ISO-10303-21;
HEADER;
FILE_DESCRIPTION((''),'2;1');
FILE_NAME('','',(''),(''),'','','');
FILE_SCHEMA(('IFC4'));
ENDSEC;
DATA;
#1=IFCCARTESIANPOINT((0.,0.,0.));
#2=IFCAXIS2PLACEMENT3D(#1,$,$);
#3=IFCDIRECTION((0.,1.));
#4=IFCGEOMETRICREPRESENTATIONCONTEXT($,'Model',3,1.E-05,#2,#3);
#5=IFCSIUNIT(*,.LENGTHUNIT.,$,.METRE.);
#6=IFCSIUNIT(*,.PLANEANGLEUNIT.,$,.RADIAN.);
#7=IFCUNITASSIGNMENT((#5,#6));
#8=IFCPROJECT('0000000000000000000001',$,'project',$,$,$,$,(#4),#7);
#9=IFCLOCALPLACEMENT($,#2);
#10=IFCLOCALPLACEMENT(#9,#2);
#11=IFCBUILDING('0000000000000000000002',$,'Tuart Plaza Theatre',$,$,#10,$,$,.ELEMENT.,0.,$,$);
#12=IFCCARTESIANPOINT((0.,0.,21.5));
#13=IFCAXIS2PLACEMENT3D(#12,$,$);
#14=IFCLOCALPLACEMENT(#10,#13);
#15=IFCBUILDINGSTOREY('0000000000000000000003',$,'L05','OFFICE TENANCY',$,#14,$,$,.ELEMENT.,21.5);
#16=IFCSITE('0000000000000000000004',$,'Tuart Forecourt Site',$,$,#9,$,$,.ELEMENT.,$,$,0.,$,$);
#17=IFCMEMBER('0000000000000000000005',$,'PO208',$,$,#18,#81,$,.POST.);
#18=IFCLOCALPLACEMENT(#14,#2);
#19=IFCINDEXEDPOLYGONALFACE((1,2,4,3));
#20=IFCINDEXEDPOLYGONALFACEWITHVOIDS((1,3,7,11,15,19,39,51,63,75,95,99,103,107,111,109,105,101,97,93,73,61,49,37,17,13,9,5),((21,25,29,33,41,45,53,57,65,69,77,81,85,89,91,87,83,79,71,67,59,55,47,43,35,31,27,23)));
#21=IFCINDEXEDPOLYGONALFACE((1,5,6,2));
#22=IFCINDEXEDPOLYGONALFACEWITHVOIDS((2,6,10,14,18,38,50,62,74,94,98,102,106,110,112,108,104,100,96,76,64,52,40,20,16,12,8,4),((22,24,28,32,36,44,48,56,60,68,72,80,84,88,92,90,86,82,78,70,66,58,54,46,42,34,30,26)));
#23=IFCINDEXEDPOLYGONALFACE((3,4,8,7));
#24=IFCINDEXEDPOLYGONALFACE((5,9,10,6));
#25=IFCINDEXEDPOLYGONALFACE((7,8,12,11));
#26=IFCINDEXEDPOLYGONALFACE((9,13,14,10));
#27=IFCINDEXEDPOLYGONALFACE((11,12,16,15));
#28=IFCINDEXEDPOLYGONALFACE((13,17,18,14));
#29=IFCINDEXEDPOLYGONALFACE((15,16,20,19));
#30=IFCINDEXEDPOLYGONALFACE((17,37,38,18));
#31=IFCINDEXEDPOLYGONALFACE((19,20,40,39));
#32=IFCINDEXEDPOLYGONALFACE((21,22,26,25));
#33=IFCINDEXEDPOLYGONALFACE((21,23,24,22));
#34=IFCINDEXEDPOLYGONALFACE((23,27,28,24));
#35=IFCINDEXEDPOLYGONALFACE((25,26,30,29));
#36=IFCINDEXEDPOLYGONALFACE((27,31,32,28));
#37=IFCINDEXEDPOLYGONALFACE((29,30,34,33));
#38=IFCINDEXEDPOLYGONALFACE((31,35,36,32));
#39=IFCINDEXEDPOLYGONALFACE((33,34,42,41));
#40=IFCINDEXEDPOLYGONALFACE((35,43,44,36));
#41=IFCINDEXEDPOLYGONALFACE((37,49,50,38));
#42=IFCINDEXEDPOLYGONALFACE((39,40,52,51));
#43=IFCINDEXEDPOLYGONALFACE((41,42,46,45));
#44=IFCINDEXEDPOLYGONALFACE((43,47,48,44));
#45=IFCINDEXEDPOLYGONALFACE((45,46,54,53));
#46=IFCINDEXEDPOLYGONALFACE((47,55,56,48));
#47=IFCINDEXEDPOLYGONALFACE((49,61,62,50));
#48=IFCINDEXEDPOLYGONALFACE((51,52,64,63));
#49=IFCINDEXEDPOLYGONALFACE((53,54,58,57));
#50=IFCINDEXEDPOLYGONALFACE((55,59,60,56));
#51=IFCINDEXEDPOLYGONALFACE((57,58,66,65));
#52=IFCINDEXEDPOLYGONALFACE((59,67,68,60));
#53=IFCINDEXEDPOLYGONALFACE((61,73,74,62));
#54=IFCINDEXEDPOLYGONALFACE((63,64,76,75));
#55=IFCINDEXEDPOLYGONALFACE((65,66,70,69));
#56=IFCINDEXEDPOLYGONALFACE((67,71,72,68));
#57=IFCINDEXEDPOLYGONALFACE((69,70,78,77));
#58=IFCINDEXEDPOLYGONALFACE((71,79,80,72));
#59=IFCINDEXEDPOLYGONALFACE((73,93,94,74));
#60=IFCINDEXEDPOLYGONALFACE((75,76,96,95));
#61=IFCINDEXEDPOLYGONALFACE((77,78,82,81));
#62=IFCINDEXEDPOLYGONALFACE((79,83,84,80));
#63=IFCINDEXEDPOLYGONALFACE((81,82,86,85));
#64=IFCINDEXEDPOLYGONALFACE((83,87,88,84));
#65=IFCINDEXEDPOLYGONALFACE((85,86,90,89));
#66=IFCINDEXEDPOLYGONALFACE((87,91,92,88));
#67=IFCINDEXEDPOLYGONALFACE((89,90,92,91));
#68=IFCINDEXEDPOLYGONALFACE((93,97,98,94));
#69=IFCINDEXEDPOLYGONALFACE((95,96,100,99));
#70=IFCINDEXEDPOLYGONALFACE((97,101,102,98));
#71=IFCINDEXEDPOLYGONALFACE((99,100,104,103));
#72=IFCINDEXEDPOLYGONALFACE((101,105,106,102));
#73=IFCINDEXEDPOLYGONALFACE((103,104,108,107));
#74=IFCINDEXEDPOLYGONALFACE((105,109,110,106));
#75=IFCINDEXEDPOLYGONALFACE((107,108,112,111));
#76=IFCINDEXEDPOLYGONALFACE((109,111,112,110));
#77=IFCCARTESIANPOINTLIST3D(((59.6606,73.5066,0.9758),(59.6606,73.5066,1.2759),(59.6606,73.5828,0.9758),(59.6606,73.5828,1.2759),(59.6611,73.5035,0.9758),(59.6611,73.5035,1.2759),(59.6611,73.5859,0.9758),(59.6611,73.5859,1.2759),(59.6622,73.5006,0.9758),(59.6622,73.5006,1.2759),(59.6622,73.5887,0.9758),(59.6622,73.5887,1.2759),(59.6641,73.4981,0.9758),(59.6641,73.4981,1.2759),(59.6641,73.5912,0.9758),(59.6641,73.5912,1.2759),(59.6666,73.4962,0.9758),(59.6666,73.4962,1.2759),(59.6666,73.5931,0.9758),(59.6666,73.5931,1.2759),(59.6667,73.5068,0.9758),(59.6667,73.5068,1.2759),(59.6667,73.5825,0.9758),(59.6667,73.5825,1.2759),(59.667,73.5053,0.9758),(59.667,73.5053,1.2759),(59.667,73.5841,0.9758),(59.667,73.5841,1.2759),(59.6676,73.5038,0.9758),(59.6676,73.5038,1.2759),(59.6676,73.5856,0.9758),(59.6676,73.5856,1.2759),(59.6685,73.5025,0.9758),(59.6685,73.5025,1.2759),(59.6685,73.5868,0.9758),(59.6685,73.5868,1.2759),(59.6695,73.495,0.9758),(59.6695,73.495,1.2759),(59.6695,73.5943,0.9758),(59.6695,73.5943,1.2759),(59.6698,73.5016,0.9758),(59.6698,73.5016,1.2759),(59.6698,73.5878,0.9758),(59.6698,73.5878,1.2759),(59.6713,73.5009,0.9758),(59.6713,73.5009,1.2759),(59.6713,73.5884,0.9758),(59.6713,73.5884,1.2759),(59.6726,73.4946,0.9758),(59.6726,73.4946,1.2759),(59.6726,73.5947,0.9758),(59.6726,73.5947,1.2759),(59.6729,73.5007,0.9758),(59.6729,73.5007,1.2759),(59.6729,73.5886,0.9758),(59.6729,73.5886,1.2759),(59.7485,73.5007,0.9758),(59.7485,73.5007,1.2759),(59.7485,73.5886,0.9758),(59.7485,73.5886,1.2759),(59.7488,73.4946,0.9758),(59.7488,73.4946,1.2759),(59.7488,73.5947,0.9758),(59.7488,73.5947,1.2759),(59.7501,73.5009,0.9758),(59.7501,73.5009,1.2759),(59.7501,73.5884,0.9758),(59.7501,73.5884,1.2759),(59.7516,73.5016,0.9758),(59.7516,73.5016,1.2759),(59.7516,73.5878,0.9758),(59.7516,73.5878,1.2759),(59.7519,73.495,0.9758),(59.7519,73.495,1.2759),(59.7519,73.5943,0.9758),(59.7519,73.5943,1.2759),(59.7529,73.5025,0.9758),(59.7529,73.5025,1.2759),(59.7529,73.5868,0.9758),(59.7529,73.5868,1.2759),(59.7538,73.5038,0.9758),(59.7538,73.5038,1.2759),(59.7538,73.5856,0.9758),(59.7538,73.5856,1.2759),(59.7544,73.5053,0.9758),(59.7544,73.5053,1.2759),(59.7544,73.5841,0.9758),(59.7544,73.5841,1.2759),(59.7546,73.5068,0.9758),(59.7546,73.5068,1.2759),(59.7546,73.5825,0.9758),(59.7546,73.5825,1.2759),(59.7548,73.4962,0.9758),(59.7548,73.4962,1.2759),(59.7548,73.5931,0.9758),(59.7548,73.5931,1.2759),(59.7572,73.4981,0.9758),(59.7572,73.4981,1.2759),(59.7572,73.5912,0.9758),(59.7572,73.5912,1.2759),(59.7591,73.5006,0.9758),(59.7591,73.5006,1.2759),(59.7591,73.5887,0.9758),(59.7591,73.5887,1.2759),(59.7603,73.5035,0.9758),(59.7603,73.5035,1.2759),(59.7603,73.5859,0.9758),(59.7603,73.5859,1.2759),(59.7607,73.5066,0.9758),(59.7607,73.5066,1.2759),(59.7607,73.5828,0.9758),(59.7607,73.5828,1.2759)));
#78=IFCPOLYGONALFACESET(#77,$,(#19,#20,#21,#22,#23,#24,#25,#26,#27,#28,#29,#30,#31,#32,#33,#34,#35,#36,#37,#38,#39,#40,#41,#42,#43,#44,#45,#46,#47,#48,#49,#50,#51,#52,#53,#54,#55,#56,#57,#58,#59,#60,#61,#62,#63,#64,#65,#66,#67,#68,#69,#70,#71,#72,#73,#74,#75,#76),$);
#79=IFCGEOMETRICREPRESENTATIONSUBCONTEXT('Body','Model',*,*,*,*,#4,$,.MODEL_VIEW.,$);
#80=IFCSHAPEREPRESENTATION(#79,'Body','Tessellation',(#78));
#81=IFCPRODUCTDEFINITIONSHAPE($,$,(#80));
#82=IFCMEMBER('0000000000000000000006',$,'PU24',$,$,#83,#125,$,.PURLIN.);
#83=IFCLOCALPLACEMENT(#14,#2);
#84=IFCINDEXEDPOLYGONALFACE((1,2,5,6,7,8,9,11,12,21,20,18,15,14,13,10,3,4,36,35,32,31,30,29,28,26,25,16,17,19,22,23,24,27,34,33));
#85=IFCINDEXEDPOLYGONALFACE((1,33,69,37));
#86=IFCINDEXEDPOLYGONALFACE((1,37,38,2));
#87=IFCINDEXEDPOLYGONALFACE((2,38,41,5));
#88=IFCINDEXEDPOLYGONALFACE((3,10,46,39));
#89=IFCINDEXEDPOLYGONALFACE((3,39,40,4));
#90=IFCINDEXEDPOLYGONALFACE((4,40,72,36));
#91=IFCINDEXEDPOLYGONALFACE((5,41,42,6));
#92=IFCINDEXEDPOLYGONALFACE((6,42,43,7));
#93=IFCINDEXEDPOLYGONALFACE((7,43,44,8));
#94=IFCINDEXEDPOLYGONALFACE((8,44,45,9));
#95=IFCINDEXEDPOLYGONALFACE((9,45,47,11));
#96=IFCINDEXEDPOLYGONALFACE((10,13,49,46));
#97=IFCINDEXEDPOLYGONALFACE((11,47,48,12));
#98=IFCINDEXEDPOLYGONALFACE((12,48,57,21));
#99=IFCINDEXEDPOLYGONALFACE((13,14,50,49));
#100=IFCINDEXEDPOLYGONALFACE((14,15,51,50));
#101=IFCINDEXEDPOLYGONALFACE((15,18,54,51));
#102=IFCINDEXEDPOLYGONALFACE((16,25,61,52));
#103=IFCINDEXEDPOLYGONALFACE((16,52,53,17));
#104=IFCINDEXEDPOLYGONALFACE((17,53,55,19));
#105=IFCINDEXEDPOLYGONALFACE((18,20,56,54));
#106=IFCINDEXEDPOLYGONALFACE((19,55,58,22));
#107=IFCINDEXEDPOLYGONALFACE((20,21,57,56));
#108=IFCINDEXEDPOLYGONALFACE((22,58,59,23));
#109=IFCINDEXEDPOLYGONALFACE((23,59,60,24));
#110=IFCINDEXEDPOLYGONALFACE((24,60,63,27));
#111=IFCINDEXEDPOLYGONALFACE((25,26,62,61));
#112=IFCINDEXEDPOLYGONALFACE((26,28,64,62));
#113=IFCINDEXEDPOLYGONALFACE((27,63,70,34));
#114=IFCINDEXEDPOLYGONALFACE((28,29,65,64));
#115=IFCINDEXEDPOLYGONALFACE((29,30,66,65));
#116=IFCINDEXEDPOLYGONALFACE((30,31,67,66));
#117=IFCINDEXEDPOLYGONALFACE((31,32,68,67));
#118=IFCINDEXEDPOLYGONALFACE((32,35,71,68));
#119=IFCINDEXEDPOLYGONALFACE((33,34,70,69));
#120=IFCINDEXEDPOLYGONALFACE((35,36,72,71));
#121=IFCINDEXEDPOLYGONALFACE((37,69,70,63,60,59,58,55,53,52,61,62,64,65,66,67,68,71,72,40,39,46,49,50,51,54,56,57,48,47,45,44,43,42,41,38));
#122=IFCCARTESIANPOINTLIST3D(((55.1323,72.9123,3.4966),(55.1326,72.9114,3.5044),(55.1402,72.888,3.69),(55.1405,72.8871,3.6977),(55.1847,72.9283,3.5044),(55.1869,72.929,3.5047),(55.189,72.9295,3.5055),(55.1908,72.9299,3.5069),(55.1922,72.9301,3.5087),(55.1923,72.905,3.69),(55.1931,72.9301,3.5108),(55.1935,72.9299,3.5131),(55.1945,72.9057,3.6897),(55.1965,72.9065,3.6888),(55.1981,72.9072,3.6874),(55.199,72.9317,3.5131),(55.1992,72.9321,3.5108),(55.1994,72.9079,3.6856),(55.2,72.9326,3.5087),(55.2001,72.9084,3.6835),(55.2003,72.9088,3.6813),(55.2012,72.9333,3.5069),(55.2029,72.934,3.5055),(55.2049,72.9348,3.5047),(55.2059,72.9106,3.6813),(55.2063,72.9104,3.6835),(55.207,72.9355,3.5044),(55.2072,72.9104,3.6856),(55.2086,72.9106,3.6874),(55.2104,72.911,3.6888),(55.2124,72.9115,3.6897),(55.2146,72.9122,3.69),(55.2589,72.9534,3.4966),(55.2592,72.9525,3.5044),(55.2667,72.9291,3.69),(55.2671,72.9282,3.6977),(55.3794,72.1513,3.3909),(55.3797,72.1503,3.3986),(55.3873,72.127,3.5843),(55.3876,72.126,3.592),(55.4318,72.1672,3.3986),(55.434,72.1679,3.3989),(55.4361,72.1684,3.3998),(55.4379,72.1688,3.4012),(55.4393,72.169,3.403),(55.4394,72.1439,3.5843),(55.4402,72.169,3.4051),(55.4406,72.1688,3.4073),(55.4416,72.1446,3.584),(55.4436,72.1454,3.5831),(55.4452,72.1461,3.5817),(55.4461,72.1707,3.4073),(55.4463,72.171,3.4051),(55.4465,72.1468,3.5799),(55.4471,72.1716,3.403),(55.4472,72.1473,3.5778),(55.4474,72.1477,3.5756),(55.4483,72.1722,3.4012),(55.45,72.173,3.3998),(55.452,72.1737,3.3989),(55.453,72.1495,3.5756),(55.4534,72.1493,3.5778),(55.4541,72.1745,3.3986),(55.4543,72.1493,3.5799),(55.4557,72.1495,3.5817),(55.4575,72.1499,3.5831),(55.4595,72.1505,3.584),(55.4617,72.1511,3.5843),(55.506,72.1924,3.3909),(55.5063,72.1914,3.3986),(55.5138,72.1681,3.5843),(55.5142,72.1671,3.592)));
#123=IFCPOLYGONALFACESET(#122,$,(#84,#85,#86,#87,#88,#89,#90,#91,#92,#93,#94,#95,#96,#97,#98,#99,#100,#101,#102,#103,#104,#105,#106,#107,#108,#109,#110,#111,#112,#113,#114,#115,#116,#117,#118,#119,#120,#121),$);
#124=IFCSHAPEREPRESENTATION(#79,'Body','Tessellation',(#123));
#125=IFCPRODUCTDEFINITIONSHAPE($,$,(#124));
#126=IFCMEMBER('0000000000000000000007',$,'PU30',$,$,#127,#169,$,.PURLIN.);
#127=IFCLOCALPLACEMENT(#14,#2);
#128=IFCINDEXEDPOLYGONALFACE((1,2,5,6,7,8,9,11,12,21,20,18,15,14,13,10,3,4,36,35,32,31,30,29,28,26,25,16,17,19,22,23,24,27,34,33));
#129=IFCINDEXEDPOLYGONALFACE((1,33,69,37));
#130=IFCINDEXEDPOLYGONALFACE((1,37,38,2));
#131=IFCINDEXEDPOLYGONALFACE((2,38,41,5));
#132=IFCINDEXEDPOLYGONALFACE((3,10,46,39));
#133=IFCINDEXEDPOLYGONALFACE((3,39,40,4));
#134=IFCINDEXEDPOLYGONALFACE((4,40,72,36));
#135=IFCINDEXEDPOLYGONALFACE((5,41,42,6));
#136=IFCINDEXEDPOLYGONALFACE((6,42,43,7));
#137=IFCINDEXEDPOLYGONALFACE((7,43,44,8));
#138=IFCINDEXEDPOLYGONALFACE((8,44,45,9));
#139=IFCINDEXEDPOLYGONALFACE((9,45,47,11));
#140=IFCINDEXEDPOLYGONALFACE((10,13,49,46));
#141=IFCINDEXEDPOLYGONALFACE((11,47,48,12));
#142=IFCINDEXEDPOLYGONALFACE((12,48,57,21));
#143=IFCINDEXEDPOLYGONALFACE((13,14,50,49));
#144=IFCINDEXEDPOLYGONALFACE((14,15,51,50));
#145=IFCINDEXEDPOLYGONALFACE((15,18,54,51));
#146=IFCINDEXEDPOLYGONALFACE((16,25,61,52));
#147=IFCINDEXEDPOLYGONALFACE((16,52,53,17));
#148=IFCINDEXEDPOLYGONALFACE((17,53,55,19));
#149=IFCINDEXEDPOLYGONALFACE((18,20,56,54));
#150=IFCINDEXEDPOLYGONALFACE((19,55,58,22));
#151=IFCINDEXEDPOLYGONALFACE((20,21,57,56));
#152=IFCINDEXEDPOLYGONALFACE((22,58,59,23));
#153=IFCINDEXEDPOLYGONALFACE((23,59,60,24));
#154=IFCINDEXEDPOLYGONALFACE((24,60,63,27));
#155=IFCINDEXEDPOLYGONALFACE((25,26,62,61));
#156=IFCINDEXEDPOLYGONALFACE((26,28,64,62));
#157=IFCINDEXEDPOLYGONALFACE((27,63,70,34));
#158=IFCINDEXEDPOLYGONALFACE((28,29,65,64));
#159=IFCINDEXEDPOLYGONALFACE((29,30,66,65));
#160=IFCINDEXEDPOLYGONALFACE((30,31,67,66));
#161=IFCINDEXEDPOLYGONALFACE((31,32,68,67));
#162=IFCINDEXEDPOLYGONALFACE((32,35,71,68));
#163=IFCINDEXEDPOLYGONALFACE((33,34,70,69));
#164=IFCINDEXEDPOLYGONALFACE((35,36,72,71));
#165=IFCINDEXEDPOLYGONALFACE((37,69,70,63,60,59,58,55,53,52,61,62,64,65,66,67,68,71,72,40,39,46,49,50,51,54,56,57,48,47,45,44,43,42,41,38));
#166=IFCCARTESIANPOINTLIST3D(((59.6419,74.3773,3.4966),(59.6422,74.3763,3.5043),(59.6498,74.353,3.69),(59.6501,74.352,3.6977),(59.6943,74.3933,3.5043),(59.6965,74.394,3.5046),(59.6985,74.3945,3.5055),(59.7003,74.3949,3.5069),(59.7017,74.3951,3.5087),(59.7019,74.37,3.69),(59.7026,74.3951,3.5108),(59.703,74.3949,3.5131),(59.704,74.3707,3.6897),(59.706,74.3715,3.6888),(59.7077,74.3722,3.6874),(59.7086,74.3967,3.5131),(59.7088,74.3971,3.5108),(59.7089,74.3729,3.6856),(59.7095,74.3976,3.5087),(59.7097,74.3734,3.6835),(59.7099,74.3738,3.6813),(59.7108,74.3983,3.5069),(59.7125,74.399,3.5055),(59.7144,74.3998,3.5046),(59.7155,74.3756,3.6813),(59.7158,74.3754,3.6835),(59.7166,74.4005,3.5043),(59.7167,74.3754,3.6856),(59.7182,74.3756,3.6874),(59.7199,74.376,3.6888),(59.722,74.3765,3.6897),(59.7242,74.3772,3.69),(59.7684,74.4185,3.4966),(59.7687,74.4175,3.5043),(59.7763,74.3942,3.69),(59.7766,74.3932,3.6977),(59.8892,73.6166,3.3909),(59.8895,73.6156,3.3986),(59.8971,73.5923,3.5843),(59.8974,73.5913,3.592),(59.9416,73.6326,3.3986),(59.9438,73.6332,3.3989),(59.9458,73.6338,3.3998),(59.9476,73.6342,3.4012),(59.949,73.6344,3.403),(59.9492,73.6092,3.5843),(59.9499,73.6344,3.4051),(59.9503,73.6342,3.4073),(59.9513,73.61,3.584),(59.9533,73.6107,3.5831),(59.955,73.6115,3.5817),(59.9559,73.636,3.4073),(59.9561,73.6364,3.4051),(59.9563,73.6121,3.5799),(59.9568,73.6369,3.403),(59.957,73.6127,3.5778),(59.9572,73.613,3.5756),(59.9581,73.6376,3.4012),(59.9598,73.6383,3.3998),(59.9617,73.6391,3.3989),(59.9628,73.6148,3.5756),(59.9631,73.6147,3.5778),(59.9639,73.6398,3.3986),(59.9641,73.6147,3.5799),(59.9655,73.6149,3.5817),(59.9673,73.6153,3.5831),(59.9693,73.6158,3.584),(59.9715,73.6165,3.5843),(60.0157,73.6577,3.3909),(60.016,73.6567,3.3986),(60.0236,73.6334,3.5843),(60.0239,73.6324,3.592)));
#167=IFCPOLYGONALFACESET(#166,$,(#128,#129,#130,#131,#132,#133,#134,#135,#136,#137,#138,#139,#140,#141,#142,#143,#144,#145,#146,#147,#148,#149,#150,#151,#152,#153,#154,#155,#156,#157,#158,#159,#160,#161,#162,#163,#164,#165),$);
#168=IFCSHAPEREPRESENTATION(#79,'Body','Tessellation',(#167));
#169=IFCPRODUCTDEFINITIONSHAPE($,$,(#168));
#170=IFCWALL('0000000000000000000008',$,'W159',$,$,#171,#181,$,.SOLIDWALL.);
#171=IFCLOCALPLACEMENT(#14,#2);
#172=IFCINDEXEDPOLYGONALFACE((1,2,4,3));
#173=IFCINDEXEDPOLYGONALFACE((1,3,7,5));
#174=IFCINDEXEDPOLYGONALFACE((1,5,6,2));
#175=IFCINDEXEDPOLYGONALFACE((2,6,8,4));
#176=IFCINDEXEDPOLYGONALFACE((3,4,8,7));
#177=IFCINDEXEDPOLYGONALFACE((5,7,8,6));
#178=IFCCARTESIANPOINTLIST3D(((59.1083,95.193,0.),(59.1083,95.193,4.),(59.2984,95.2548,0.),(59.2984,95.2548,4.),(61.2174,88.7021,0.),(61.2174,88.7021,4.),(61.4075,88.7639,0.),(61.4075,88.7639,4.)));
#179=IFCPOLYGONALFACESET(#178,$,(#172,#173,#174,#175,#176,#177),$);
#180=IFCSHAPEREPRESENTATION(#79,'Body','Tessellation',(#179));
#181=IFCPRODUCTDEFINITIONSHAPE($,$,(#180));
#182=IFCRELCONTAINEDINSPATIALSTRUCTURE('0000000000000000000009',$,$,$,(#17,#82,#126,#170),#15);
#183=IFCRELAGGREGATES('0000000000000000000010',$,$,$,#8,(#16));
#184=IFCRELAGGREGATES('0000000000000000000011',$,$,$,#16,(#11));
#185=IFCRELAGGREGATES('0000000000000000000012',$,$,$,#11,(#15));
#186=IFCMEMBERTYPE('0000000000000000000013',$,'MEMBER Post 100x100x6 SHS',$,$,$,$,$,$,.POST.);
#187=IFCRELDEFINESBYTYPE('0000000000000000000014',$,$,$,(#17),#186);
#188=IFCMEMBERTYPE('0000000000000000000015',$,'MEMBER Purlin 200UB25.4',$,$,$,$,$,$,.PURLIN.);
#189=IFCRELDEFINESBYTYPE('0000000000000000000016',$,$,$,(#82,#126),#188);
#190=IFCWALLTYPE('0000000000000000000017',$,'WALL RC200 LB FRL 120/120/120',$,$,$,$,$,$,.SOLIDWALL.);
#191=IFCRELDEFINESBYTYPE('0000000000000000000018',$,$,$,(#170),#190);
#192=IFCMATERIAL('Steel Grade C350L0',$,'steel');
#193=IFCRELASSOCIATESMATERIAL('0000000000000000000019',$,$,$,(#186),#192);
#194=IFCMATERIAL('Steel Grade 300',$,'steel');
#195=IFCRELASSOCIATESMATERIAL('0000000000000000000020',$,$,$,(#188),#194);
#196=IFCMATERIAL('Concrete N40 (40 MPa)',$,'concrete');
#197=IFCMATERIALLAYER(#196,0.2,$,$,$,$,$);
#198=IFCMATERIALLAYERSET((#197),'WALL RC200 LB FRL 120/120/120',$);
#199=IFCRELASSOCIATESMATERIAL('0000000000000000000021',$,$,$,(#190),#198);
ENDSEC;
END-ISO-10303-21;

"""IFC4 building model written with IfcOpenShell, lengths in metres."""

from ifc_helpers import new_model, si_unit, direction, frame, frame_2d, origin, origin_2d, place, context, subcontext, project, spatial, rectangle, hollow_rectangle, i_section, extrude, material, layer, layer_set, material_profile, profile_set, type_object, element, save


model = new_model("IFC4")

# Units and contexts
model_context = context("Model", 3, precision=1e-05, world=origin(), true_north=direction((0.0, 1.0)))
body_context = subcontext(model_context, "Body", "Model", "MODEL_VIEW")
ifc_project = project(units=[si_unit("LENGTHUNIT", "METRE"), si_unit("PLANEANGLEUNIT", "RADIAN")], contexts=[model_context])

# Site, building, storey
site_placement = place(None, origin())
site = spatial("IfcSite", under=ifc_project, at=site_placement, Name="Tuart Forecourt Site", CompositionType="ELEMENT", RefElevation=0.0)
building_placement = place(site_placement, origin())
building = spatial("IfcBuilding", under=site, at=building_placement, Name="Tuart Plaza Theatre", CompositionType="ELEMENT", ElevationOfRefHeight=0.0)
storey_placement = place(building_placement, frame((0.0, 0.0, 21.5)))
storey = spatial("IfcBuildingStorey", under=building, at=storey_placement, Name="L05", Description="OFFICE TENANCY", CompositionType="ELEMENT", Elevation=21.5)

# Members
ifc_material_1 = material(Name="Steel Grade C350L0", Category="steel")
ifc_material_profile_1 = material_profile(ifc_material_1, hollow_rectangle(XDim=0.1001, YDim=0.1001, WallThickness=0.0061, InnerFilletRadius=0.0061, OuterFilletRadius=0.012, at=origin_2d()), Name="100x100x6 SHS")
ifc_profile_set_1 = profile_set([ifc_material_profile_1], Name="Steel Grade C350L0")
member_type_1 = type_object("IfcMemberType", Name="MEMBER Post 100x100x6 SHS", PredefinedType="POST", material=ifc_profile_set_1)
for number, where, z_axis, x_axis, name in (
    (1, (59.7107, 73.5447, 0.9758), (0.0, 0.0, 1.0), (1.0, 0.0, 0.0), "PO208"),
):
    element("IfcMember", number, at=place(storey_placement, frame(where, z_axis=z_axis, x_axis=x_axis)), inside=storey, type_object=member_type_1, Name=name, PredefinedType="POST", context=body_context, shape_type="SweptSolid", body=[
        extrude(hollow_rectangle(XDim=0.1001, YDim=0.1001, WallThickness=0.0061, InnerFilletRadius=0.0061, OuterFilletRadius=0.012, at=origin_2d()), origin(), (0.0, 0.0, 1.0), 0.3),
    ])
ifc_material_2 = material(Name="Steel Grade 300", Category="steel")
ifc_material_profile_2 = material_profile(ifc_material_2, i_section(OverallWidth=0.1331, OverallDepth=0.2029, WebThickness=0.0059, FlangeThickness=0.0078, FilletRadius=0.0088, at=origin_2d()), Name="200UB25.4")
ifc_profile_set_2 = profile_set([ifc_material_profile_2], Name="Steel Grade 300")
member_type_2 = type_object("IfcMemberType", Name="MEMBER Purlin 200UB25.4", PredefinedType="PURLIN", material=ifc_profile_set_2)
member_1_placement = place(storey_placement, frame((55.4468, 72.1592, 3.4915), z_axis=(-0.306143, 0.942931, 0.130988), x_axis=(-0.951126, -0.308803, 0.0)))
element("IfcMember", 2, at=member_1_placement, inside=storey, type_object=member_type_2, Name="PU24", PredefinedType="PURLIN", context=body_context, shape_type="SweptSolid", body=[
    extrude(i_section(OverallWidth=0.1331, OverallDepth=0.2029, WebThickness=0.0059, FlangeThickness=0.0078, FilletRadius=0.0088, at=origin_2d()), origin(), (0.0, 0.0, 1.0), 0.8071),
])
member_2_placement = place(storey_placement, frame((59.9565, 73.6245, 3.4915), z_axis=(-0.306504, 0.94281, 0.131013), x_axis=(-0.951007, -0.309169, 0.0)))
element("IfcMember", 3, at=member_2_placement, inside=storey, type_object=member_type_2, Name="PU30", PredefinedType="PURLIN", context=body_context, shape_type="SweptSolid", body=[
    extrude(i_section(OverallWidth=0.1331, OverallDepth=0.2029, WebThickness=0.0059, FlangeThickness=0.0078, FilletRadius=0.0088, at=origin_2d()), origin(), (0.0, 0.0, 1.0), 0.8069),
])

# Wall
ifc_material_3 = material(Name="Concrete N40 (40 MPa)", Category="concrete")
ifc_layer = layer(ifc_material_3, 0.2)
ifc_layer_set = layer_set([ifc_layer], Name="WALL RC200 LB FRL 120/120/120")
wall_type = type_object("IfcWallType", Name="WALL RC200 LB FRL 120/120/120", PredefinedType="SOLIDWALL", material=ifc_layer_set)
wall_placement = place(storey_placement, frame((61.3125, 88.7329, 0.0), z_axis=(0.0, 0.0, 1.0), x_axis=(-0.309029, 0.951053, 0.0)))
element("IfcWall", 4, at=wall_placement, inside=storey, type_object=wall_type, Name="W159", PredefinedType="SOLIDWALL", context=body_context, shape_type="SweptSolid", body=[
    extrude(rectangle(XDim=6.825, YDim=0.2, at=frame_2d((3.4126, 0.0))), origin(), (0.0, 0.0, 1.0), 4.0),
])

save(model, "model.ifc")
